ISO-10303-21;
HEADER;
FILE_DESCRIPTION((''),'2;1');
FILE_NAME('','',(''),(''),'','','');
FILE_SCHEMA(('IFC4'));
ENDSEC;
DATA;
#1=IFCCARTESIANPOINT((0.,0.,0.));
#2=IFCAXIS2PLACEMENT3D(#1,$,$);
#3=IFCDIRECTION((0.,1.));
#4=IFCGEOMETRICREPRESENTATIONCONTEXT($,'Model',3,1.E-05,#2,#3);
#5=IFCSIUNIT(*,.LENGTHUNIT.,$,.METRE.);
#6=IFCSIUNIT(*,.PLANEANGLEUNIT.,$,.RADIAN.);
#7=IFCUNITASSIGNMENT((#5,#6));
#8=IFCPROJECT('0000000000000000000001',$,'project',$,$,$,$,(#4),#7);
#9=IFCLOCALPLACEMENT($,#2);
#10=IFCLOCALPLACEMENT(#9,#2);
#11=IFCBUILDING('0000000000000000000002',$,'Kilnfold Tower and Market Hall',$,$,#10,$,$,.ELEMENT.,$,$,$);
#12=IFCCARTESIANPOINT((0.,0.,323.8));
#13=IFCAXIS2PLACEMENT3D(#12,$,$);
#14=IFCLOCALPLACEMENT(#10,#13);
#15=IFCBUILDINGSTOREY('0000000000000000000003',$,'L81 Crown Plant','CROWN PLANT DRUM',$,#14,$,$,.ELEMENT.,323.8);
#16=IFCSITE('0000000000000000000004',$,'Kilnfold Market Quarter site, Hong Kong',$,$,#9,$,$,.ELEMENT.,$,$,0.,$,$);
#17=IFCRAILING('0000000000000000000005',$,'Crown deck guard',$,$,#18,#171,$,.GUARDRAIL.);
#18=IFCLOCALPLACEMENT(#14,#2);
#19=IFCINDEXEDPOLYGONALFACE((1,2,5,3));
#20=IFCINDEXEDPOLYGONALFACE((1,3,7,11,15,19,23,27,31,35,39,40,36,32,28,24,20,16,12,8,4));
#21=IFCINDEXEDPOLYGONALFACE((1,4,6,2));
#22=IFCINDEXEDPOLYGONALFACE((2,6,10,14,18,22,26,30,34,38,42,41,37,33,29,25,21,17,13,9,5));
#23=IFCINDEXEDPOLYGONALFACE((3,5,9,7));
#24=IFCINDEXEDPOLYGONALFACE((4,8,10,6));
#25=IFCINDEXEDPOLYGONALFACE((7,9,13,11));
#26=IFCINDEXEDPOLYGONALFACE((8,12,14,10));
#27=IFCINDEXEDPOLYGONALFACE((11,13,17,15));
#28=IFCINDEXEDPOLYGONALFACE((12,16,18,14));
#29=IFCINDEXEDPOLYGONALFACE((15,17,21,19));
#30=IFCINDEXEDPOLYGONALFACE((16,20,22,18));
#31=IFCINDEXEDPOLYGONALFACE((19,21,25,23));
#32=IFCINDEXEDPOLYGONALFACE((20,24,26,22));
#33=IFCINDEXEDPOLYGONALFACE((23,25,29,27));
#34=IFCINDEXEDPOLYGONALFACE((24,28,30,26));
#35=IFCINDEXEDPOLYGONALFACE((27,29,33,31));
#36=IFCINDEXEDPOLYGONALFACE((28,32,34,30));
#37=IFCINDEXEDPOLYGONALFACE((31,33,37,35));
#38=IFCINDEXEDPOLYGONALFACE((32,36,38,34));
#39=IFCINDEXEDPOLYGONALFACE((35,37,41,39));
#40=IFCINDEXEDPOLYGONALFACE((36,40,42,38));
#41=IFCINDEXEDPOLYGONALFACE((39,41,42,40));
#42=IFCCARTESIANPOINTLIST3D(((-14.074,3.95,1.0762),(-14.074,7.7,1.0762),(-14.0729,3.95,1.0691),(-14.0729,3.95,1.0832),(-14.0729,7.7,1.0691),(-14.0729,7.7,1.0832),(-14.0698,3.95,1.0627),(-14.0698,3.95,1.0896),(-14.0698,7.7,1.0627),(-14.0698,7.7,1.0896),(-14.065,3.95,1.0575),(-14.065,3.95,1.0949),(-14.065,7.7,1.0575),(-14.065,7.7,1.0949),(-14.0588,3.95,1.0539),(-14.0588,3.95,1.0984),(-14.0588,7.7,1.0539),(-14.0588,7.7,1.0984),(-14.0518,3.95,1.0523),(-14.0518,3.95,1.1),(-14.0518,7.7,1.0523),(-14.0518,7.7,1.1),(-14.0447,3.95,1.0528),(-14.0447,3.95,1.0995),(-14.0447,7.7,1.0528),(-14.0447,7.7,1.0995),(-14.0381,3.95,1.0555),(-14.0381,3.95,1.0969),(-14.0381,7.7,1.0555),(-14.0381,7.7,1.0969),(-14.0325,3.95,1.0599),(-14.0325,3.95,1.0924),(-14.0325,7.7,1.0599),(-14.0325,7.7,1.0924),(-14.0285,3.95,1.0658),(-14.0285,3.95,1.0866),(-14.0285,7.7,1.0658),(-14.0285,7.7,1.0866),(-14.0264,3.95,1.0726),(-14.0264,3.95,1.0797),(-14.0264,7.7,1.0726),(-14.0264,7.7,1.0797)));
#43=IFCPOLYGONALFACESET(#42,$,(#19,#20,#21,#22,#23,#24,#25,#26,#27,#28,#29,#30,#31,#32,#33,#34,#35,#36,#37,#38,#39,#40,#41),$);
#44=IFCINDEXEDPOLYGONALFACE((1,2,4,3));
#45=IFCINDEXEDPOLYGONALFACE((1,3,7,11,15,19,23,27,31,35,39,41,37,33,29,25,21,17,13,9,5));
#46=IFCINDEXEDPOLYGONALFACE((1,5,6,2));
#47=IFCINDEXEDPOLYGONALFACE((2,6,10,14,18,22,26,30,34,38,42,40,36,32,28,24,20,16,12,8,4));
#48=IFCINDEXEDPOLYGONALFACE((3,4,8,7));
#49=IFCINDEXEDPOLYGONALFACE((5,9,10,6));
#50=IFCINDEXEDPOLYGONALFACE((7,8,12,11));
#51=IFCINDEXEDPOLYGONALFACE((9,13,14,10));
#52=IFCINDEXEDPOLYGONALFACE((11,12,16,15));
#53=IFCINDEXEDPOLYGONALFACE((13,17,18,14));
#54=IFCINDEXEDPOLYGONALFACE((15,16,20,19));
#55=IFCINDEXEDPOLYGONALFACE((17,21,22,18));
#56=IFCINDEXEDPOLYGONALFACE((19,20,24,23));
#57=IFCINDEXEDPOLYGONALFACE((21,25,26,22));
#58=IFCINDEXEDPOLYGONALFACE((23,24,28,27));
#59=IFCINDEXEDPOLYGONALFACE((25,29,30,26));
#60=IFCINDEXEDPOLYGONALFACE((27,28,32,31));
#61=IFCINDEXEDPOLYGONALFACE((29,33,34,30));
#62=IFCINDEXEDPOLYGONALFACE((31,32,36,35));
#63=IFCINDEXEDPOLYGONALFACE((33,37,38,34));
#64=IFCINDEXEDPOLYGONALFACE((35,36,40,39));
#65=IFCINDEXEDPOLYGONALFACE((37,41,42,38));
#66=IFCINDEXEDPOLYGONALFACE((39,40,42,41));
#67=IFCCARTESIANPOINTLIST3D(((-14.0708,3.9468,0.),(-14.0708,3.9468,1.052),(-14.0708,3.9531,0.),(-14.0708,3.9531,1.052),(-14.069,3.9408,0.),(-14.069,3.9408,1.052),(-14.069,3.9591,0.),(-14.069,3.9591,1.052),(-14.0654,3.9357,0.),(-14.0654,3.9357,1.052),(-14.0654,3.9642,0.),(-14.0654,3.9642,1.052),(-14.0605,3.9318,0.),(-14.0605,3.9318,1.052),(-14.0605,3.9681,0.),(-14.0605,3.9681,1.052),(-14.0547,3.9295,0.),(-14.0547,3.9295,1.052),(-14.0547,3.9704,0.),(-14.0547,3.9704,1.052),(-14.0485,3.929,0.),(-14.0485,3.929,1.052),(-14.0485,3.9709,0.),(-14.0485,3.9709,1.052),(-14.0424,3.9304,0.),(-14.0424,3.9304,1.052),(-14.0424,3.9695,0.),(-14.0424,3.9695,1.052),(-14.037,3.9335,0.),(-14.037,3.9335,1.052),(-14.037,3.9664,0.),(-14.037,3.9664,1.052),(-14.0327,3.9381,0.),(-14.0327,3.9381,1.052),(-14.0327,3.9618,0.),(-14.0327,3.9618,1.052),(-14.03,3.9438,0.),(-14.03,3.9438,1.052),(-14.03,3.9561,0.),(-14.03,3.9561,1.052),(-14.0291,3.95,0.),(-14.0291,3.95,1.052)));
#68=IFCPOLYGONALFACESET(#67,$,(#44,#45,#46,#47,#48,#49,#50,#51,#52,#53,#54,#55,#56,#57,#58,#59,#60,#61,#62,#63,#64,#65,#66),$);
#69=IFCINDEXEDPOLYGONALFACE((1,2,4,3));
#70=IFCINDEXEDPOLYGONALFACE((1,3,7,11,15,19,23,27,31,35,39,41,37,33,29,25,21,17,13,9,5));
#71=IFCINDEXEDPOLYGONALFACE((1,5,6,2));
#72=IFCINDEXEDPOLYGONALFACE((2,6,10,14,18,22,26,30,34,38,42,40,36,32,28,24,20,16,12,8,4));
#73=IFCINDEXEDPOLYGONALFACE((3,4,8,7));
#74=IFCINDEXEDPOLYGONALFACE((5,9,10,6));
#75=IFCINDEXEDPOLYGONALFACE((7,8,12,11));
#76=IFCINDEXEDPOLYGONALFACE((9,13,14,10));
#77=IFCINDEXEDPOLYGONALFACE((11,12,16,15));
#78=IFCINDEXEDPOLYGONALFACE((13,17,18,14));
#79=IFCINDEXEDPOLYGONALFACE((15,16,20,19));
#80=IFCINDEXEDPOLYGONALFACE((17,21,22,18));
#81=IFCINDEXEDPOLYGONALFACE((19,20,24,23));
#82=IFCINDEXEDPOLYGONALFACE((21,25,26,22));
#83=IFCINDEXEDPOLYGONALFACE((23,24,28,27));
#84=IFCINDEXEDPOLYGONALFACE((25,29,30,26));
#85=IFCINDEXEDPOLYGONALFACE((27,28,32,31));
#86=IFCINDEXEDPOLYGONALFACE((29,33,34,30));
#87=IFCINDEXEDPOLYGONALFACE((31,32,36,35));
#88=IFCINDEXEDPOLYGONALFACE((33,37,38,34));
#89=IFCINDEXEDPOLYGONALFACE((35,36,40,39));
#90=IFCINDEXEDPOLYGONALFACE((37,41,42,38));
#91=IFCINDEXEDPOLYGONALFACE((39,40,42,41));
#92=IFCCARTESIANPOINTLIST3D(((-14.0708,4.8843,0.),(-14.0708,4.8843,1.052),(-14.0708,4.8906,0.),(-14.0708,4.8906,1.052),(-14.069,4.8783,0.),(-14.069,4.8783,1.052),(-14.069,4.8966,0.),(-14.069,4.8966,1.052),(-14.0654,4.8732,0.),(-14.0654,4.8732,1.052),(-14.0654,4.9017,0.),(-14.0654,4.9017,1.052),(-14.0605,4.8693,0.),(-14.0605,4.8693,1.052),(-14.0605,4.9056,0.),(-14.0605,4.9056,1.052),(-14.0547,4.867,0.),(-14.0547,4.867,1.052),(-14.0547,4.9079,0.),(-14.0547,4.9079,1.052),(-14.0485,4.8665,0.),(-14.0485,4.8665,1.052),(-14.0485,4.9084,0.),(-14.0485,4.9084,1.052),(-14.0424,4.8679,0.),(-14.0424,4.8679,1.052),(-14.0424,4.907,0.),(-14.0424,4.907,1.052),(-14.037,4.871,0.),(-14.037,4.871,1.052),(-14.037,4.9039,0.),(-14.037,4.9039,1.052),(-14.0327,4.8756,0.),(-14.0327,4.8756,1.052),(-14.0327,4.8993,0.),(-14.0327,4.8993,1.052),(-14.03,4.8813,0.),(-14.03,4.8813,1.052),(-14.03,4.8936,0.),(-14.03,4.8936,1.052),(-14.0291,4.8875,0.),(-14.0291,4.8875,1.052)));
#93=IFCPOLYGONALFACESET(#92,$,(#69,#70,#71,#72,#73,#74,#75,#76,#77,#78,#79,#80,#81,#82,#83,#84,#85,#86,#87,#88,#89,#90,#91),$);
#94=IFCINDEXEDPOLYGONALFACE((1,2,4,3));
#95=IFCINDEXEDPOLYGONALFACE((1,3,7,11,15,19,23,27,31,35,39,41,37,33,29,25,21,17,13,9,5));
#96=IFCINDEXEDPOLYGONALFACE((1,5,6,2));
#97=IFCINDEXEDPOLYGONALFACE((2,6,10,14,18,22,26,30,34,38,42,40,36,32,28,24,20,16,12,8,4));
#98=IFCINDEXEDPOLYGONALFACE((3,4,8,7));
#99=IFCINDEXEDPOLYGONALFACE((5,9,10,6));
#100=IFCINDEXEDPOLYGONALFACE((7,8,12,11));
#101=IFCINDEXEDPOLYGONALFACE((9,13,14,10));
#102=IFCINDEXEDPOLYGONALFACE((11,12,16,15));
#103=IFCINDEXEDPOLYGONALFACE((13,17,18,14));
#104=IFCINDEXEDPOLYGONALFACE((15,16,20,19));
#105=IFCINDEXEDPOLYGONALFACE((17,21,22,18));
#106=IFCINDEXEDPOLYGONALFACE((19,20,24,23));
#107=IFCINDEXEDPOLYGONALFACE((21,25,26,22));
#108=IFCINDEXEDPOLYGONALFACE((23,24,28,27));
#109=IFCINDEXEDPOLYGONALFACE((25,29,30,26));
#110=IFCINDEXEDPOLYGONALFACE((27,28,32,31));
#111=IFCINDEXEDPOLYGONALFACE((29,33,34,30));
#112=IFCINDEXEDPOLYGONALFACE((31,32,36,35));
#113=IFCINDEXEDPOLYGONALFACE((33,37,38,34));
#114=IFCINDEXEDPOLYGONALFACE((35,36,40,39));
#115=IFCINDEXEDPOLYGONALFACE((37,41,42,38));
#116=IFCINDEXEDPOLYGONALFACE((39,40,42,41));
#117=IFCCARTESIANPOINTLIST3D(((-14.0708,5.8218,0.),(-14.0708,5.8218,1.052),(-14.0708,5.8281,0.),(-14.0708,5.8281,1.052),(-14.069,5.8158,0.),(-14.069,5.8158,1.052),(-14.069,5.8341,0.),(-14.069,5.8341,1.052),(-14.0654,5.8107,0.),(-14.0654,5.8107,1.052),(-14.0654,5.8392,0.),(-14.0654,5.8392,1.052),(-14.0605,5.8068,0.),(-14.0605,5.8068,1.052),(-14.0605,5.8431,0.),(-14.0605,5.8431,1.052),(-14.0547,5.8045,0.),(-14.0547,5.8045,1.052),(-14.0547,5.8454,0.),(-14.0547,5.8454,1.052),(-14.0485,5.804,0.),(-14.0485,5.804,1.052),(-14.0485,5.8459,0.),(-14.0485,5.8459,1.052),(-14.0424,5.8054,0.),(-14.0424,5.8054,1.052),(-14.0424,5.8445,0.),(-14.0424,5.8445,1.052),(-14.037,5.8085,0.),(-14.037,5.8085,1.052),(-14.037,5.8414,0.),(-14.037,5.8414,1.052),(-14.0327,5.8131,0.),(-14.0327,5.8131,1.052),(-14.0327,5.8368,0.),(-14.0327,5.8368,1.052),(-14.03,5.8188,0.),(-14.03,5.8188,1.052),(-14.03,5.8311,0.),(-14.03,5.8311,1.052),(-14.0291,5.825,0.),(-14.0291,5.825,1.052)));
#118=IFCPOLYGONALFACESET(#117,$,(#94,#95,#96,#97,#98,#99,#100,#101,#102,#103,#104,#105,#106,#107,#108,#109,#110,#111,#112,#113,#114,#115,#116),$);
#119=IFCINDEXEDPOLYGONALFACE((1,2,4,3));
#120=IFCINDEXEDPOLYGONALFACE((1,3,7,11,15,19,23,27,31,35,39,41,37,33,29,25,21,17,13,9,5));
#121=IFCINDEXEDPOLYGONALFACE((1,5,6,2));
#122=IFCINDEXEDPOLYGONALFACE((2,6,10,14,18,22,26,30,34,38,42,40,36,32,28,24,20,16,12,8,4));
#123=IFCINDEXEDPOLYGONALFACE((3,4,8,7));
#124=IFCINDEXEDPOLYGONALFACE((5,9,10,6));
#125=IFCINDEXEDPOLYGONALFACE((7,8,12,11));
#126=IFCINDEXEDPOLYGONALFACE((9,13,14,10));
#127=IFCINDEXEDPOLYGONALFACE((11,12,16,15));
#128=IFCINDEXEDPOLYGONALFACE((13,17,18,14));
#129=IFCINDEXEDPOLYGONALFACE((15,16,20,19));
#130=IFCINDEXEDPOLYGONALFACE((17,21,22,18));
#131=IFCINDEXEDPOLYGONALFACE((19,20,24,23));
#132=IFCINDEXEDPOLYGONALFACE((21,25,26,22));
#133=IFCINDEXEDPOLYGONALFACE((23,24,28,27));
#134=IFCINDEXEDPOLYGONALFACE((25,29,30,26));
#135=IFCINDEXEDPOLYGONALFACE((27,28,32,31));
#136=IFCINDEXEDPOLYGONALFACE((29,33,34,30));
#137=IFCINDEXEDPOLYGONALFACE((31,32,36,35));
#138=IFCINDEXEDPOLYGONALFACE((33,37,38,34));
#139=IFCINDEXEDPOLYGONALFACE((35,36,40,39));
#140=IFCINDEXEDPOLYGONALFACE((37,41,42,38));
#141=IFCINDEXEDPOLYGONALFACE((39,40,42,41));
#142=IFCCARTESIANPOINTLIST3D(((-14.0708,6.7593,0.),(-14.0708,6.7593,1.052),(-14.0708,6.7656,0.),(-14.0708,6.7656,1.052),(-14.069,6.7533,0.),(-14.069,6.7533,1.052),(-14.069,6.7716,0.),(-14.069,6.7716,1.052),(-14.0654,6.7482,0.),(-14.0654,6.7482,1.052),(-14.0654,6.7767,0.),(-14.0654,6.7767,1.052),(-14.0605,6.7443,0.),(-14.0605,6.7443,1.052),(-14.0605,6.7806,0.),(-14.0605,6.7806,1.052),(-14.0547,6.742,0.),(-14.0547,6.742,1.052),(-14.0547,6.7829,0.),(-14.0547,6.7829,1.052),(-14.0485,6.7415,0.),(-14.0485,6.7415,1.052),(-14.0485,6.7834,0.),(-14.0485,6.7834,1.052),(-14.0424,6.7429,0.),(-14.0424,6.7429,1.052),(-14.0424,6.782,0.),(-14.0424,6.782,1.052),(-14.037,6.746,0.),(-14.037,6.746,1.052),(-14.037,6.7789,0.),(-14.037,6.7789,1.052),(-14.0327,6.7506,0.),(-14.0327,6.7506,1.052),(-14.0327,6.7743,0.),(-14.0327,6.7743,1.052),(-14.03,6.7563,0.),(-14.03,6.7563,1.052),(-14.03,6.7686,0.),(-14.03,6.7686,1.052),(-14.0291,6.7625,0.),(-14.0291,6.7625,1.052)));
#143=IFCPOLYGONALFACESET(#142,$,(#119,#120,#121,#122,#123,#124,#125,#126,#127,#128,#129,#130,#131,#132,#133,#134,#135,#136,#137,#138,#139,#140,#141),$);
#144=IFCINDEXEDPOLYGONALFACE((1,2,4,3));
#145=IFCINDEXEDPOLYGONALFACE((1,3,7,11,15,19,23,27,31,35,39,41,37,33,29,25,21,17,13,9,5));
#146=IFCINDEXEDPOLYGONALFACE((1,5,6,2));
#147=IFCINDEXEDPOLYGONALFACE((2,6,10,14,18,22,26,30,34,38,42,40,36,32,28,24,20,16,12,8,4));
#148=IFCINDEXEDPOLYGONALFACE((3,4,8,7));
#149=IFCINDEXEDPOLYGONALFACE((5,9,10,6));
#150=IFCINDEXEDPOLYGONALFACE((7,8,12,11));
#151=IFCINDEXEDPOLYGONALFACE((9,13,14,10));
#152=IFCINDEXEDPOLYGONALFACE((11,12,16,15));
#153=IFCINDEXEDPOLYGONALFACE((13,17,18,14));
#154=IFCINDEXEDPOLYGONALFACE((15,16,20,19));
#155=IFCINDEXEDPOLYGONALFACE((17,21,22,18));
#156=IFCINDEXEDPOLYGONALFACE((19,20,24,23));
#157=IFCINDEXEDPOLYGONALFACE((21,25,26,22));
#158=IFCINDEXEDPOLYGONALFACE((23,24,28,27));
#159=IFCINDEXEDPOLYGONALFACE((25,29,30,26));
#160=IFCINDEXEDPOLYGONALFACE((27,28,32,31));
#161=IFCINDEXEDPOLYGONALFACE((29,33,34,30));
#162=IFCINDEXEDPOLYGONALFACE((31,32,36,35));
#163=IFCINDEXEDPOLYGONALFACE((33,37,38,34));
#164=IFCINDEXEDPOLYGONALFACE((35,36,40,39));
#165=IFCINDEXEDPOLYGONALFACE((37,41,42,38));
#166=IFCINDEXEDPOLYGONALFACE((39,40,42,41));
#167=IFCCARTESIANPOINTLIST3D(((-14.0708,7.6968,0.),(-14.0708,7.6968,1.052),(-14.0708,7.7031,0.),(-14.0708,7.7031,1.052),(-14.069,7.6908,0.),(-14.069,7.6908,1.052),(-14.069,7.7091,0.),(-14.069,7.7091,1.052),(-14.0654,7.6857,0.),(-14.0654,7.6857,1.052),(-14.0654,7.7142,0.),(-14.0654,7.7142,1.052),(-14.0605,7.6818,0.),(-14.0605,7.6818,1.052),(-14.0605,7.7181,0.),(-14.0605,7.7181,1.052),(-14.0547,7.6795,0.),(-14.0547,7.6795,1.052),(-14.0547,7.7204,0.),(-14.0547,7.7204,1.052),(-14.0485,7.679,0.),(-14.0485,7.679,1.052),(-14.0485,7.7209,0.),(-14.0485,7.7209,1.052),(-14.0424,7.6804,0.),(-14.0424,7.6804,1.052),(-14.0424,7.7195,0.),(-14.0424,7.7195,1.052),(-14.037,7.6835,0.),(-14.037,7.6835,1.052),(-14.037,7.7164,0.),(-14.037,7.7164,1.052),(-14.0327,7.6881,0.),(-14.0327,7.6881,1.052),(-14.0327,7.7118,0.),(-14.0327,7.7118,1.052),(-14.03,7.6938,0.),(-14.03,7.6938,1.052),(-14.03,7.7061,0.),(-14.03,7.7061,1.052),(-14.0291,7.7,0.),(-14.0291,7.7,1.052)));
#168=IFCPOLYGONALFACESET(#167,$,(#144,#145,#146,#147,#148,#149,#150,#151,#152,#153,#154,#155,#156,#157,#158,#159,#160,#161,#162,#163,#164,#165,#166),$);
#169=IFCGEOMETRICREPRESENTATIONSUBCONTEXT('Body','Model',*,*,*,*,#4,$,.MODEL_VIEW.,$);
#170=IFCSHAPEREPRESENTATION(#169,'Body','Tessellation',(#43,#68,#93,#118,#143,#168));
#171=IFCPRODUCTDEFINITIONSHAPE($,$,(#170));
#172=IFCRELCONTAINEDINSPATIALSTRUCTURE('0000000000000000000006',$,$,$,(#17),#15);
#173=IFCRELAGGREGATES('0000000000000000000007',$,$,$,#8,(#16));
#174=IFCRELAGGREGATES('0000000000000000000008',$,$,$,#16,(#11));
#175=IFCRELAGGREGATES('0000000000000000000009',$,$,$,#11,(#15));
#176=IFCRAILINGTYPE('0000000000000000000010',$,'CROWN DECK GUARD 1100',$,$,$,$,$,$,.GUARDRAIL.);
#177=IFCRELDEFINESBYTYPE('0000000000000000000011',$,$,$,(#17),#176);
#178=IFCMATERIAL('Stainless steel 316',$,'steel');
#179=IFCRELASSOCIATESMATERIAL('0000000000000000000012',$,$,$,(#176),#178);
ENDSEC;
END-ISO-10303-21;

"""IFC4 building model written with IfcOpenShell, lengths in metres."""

from ifc_helpers import new_model, si_unit, direction, frame, origin, origin_2d, place, context, subcontext, project, spatial, circle, extrude, material, type_object, element, save


model = new_model("IFC4")

# Units and contexts
model_context = context("Model", 3, precision=1e-05, world=origin(), true_north=direction((0.0, 1.0)))
body_context = subcontext(model_context, "Body", "Model", "MODEL_VIEW")
ifc_project = project(units=[si_unit("LENGTHUNIT", "METRE"), si_unit("PLANEANGLEUNIT", "RADIAN")], contexts=[model_context])

# Site, building, storey
site_placement = place(None, origin())
site = spatial("IfcSite", under=ifc_project, at=site_placement, Name="Kilnfold Market Quarter site, Hong Kong", CompositionType="ELEMENT", RefElevation=0.0)
building_placement = place(site_placement, origin())
building = spatial("IfcBuilding", under=site, at=building_placement, Name="Kilnfold Tower and Market Hall", CompositionType="ELEMENT")
storey_placement = place(building_placement, frame((0.0, 0.0, 323.8)))
storey = spatial("IfcBuildingStorey", under=building, at=storey_placement, Name="L81 Crown Plant", Description="CROWN PLANT DRUM", CompositionType="ELEMENT", Elevation=323.8)

# Railing
ifc_material_1 = material(Name="Stainless steel 316", Category="steel")
railing_type_1 = type_object("IfcRailingType", Name="CROWN DECK GUARD 1100", PredefinedType="GUARDRAIL", material=ifc_material_1)
railing_1_placement = place(storey_placement, frame((-14.05, 3.95, 0.0)))
element("IfcRailing", 1, at=railing_1_placement, inside=storey, type_object=railing_type_1, Name="Crown deck guard", PredefinedType="GUARDRAIL", context=body_context, shape_type="SweptSolid", body=[
    extrude(circle(Radius=0.0239, at=origin_2d()), frame((0.0, 0.0, 1.0762), z_axis=(0.0, 1.0, 0.0), x_axis=(-1.0, 0.0, 0.0)), (0.0, 0.0, 1.0), 3.75),
    extrude(circle(Radius=0.021, at=origin_2d()), origin(), (0.0, 0.0, 1.0), 1.052),
    extrude(circle(Radius=0.021, at=origin_2d()), frame((0.0, 0.9375, 0.0)), (0.0, 0.0, 1.0), 1.052),
    extrude(circle(Radius=0.021, at=origin_2d()), frame((0.0, 1.875, 0.0)), (0.0, 0.0, 1.0), 1.052),
    extrude(circle(Radius=0.021, at=origin_2d()), frame((0.0, 2.8125, 0.0)), (0.0, 0.0, 1.0), 1.052),
    extrude(circle(Radius=0.021, at=origin_2d()), frame((0.0, 3.75, 0.0)), (0.0, 0.0, 1.0), 1.052),
])

save(model, "model.ifc")
